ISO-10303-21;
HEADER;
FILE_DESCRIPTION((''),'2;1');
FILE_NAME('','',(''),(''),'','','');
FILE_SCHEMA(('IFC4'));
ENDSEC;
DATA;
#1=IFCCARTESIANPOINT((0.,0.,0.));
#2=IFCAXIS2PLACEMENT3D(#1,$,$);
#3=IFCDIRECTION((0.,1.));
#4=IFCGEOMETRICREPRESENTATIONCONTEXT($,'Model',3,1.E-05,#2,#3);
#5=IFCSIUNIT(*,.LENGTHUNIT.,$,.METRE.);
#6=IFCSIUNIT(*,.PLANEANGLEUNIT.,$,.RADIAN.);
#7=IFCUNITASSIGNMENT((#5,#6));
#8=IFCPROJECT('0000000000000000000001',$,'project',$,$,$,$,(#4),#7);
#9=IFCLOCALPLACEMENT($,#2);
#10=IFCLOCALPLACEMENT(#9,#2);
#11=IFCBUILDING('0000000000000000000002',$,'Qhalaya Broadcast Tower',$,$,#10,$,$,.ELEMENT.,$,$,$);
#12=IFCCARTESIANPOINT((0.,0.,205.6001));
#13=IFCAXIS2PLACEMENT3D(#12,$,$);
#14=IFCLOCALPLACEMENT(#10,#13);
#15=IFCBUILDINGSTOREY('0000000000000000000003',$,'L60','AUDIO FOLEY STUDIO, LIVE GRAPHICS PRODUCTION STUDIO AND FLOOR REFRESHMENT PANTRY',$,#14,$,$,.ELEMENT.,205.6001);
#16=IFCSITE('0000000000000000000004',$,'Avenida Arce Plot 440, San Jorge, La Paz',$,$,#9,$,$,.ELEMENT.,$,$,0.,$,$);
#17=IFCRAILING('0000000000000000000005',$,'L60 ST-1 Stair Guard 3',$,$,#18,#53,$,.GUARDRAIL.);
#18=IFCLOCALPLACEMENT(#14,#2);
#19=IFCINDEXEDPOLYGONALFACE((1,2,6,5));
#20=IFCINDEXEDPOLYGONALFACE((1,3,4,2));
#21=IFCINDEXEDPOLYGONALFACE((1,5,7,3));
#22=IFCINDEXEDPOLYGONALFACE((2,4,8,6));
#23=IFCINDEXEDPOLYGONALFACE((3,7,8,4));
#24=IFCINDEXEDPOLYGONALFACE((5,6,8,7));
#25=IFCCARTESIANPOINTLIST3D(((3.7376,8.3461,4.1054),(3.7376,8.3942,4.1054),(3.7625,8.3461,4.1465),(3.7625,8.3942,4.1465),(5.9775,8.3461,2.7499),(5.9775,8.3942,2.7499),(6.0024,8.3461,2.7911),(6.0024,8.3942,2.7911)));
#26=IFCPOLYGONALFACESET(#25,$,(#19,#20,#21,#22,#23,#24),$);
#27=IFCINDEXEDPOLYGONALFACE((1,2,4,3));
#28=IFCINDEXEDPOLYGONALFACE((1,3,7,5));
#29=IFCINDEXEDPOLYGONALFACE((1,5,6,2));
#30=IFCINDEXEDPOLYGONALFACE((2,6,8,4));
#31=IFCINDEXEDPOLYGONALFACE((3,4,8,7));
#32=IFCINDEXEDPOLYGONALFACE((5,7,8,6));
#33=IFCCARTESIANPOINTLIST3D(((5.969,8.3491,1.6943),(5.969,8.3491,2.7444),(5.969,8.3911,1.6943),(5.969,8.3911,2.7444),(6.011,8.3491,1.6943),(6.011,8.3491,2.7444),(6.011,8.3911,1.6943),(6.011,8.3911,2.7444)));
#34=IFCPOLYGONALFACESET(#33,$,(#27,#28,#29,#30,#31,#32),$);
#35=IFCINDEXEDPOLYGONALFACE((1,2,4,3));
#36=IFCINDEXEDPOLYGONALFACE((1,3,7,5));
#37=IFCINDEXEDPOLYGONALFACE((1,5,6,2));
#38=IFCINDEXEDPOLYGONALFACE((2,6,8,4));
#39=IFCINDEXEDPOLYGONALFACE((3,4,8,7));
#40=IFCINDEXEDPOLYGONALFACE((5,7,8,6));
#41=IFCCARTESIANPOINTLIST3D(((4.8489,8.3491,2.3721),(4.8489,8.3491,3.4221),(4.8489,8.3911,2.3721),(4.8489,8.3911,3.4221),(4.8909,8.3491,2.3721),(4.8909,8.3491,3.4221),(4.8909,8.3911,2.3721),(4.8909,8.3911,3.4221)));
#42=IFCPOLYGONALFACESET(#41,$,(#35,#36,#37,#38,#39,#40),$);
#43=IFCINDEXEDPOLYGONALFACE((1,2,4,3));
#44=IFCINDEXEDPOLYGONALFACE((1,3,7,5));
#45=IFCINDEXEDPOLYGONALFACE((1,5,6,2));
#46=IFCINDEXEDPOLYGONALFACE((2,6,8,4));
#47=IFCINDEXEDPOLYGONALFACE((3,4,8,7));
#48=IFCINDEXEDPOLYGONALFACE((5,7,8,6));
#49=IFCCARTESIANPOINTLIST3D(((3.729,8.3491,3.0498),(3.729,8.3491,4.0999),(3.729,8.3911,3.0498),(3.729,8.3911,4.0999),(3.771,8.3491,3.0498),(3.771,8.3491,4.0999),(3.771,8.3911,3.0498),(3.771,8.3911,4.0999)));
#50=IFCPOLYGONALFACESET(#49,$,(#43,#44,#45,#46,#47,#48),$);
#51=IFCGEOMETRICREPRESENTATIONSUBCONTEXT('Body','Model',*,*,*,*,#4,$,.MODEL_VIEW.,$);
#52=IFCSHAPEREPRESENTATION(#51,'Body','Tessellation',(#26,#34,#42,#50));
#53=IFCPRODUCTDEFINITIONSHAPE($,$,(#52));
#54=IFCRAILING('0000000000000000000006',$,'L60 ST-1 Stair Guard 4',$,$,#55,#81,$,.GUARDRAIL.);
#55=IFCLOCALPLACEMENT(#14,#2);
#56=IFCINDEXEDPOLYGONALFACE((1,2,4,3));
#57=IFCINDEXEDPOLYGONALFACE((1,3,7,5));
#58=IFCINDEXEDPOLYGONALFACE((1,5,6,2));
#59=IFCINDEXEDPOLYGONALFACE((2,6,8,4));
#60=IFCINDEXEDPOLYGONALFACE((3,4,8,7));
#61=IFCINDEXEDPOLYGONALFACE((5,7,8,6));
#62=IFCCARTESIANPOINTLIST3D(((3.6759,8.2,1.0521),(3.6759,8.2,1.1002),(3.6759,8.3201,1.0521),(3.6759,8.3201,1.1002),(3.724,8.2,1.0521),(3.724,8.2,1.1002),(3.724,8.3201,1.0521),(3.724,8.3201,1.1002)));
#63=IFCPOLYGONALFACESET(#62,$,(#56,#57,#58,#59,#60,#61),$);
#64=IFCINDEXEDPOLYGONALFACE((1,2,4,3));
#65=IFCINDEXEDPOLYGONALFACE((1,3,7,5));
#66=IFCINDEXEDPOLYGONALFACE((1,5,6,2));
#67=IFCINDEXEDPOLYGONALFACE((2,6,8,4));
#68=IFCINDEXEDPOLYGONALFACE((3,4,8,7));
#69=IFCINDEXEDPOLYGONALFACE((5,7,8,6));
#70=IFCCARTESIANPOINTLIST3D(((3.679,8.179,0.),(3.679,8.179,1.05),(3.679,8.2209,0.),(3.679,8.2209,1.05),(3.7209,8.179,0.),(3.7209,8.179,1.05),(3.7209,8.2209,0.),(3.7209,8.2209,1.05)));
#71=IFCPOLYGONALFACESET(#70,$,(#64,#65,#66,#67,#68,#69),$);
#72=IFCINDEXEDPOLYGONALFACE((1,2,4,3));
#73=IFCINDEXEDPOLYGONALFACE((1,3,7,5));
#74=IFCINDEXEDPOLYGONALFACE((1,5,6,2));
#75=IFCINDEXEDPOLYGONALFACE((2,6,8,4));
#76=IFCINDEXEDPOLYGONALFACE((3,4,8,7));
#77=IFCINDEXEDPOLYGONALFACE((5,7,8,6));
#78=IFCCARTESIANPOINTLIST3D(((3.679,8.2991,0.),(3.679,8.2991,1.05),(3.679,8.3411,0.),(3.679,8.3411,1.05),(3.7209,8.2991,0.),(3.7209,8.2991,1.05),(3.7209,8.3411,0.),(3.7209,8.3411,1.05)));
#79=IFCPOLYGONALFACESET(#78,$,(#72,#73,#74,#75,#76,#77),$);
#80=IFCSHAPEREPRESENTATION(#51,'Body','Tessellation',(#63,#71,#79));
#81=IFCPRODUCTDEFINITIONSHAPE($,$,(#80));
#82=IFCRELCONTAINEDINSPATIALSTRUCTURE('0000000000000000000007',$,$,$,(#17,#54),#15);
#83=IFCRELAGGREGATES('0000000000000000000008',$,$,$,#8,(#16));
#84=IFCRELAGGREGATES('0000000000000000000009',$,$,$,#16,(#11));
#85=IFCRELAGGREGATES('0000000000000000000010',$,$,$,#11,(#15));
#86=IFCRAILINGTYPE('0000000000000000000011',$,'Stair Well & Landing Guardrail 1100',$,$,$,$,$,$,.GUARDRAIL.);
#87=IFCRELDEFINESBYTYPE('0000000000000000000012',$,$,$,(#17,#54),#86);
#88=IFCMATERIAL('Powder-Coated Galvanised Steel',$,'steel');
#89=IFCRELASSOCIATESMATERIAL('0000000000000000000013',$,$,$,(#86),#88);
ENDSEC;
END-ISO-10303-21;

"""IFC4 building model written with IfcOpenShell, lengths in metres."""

from ifc_helpers import new_model, si_unit, direction, frame, origin, origin_2d, place, context, subcontext, project, spatial, rectangle, extrude, material, type_object, element, save


model = new_model("IFC4")

# Units and contexts
model_context = context("Model", 3, precision=1e-05, world=origin(), true_north=direction((0.0, 1.0)))
body_context = subcontext(model_context, "Body", "Model", "MODEL_VIEW")
ifc_project = project(units=[si_unit("LENGTHUNIT", "METRE"), si_unit("PLANEANGLEUNIT", "RADIAN")], contexts=[model_context])

# Site, building, storey
site_placement = place(None, origin())
site = spatial("IfcSite", under=ifc_project, at=site_placement, Name="Avenida Arce Plot 440, San Jorge, La Paz", CompositionType="ELEMENT", RefElevation=0.0)
building_placement = place(site_placement, origin())
building = spatial("IfcBuilding", under=site, at=building_placement, Name="Qhalaya Broadcast Tower", CompositionType="ELEMENT")
storey_placement = place(building_placement, frame((0.0, 0.0, 205.6001)))
storey = spatial("IfcBuildingStorey", under=building, at=storey_placement, Name="L60", Description="AUDIO FOLEY STUDIO, LIVE GRAPHICS PRODUCTION STUDIO AND FLOOR REFRESHMENT PANTRY", CompositionType="ELEMENT", Elevation=205.6001)

# Railings
ifc_material_1 = material(Name="Powder-Coated Galvanised Steel", Category="steel")
railing_type_1 = type_object("IfcRailingType", Name="Stair Well & Landing Guardrail 1100", PredefinedType="GUARDRAIL", material=ifc_material_1)
railing_1_placement = place(storey_placement, frame((5.99, 8.3701, 1.6943)))
element("IfcRailing", 1, at=railing_1_placement, inside=storey, type_object=railing_type_1, Name="L60 ST-1 Stair Guard 3", PredefinedType="GUARDRAIL", context=body_context, shape_type="SweptSolid", body=[
    extrude(rectangle(XDim=0.0481, YDim=0.0481, at=origin_2d()), frame((0.0, 0.0, 1.0762), z_axis=(-0.855553, 0.0, 0.517715), x_axis=(0.0, -1.0, 0.0)), (0.0, 0.0, 1.0), 2.6182),
    extrude(rectangle(XDim=0.042, YDim=0.042, at=origin_2d()), origin(), (0.0, 0.0, 1.0), 1.05),
    extrude(rectangle(XDim=0.042, YDim=0.042, at=origin_2d()), frame((-1.1201, 0.0, 0.6777)), (0.0, 0.0, 1.0), 1.05),
    extrude(rectangle(XDim=0.042, YDim=0.042, at=origin_2d()), frame((-2.24, 0.0, 1.3555)), (0.0, 0.0, 1.0), 1.05),
])
railing_2_placement = place(storey_placement, frame((3.7, 8.2, 0.0)))
element("IfcRailing", 2, at=railing_2_placement, inside=storey, type_object=railing_type_1, Name="L60 ST-1 Stair Guard 4", PredefinedType="GUARDRAIL", context=body_context, shape_type="SweptSolid", body=[
    extrude(rectangle(XDim=0.0481, YDim=0.0481, at=origin_2d()), frame((0.0, 0.0, 1.0762), z_axis=(0.0, 1.0, 0.0), x_axis=(-1.0, 0.0, 0.0)), (0.0, 0.0, 1.0), 0.1201),
    extrude(rectangle(XDim=0.042, YDim=0.042, at=origin_2d()), origin(), (0.0, 0.0, 1.0), 1.05),
    extrude(rectangle(XDim=0.042, YDim=0.042, at=origin_2d()), frame((0.0, 0.1201, 0.0)), (0.0, 0.0, 1.0), 1.05),
])

save(model, "model.ifc")
